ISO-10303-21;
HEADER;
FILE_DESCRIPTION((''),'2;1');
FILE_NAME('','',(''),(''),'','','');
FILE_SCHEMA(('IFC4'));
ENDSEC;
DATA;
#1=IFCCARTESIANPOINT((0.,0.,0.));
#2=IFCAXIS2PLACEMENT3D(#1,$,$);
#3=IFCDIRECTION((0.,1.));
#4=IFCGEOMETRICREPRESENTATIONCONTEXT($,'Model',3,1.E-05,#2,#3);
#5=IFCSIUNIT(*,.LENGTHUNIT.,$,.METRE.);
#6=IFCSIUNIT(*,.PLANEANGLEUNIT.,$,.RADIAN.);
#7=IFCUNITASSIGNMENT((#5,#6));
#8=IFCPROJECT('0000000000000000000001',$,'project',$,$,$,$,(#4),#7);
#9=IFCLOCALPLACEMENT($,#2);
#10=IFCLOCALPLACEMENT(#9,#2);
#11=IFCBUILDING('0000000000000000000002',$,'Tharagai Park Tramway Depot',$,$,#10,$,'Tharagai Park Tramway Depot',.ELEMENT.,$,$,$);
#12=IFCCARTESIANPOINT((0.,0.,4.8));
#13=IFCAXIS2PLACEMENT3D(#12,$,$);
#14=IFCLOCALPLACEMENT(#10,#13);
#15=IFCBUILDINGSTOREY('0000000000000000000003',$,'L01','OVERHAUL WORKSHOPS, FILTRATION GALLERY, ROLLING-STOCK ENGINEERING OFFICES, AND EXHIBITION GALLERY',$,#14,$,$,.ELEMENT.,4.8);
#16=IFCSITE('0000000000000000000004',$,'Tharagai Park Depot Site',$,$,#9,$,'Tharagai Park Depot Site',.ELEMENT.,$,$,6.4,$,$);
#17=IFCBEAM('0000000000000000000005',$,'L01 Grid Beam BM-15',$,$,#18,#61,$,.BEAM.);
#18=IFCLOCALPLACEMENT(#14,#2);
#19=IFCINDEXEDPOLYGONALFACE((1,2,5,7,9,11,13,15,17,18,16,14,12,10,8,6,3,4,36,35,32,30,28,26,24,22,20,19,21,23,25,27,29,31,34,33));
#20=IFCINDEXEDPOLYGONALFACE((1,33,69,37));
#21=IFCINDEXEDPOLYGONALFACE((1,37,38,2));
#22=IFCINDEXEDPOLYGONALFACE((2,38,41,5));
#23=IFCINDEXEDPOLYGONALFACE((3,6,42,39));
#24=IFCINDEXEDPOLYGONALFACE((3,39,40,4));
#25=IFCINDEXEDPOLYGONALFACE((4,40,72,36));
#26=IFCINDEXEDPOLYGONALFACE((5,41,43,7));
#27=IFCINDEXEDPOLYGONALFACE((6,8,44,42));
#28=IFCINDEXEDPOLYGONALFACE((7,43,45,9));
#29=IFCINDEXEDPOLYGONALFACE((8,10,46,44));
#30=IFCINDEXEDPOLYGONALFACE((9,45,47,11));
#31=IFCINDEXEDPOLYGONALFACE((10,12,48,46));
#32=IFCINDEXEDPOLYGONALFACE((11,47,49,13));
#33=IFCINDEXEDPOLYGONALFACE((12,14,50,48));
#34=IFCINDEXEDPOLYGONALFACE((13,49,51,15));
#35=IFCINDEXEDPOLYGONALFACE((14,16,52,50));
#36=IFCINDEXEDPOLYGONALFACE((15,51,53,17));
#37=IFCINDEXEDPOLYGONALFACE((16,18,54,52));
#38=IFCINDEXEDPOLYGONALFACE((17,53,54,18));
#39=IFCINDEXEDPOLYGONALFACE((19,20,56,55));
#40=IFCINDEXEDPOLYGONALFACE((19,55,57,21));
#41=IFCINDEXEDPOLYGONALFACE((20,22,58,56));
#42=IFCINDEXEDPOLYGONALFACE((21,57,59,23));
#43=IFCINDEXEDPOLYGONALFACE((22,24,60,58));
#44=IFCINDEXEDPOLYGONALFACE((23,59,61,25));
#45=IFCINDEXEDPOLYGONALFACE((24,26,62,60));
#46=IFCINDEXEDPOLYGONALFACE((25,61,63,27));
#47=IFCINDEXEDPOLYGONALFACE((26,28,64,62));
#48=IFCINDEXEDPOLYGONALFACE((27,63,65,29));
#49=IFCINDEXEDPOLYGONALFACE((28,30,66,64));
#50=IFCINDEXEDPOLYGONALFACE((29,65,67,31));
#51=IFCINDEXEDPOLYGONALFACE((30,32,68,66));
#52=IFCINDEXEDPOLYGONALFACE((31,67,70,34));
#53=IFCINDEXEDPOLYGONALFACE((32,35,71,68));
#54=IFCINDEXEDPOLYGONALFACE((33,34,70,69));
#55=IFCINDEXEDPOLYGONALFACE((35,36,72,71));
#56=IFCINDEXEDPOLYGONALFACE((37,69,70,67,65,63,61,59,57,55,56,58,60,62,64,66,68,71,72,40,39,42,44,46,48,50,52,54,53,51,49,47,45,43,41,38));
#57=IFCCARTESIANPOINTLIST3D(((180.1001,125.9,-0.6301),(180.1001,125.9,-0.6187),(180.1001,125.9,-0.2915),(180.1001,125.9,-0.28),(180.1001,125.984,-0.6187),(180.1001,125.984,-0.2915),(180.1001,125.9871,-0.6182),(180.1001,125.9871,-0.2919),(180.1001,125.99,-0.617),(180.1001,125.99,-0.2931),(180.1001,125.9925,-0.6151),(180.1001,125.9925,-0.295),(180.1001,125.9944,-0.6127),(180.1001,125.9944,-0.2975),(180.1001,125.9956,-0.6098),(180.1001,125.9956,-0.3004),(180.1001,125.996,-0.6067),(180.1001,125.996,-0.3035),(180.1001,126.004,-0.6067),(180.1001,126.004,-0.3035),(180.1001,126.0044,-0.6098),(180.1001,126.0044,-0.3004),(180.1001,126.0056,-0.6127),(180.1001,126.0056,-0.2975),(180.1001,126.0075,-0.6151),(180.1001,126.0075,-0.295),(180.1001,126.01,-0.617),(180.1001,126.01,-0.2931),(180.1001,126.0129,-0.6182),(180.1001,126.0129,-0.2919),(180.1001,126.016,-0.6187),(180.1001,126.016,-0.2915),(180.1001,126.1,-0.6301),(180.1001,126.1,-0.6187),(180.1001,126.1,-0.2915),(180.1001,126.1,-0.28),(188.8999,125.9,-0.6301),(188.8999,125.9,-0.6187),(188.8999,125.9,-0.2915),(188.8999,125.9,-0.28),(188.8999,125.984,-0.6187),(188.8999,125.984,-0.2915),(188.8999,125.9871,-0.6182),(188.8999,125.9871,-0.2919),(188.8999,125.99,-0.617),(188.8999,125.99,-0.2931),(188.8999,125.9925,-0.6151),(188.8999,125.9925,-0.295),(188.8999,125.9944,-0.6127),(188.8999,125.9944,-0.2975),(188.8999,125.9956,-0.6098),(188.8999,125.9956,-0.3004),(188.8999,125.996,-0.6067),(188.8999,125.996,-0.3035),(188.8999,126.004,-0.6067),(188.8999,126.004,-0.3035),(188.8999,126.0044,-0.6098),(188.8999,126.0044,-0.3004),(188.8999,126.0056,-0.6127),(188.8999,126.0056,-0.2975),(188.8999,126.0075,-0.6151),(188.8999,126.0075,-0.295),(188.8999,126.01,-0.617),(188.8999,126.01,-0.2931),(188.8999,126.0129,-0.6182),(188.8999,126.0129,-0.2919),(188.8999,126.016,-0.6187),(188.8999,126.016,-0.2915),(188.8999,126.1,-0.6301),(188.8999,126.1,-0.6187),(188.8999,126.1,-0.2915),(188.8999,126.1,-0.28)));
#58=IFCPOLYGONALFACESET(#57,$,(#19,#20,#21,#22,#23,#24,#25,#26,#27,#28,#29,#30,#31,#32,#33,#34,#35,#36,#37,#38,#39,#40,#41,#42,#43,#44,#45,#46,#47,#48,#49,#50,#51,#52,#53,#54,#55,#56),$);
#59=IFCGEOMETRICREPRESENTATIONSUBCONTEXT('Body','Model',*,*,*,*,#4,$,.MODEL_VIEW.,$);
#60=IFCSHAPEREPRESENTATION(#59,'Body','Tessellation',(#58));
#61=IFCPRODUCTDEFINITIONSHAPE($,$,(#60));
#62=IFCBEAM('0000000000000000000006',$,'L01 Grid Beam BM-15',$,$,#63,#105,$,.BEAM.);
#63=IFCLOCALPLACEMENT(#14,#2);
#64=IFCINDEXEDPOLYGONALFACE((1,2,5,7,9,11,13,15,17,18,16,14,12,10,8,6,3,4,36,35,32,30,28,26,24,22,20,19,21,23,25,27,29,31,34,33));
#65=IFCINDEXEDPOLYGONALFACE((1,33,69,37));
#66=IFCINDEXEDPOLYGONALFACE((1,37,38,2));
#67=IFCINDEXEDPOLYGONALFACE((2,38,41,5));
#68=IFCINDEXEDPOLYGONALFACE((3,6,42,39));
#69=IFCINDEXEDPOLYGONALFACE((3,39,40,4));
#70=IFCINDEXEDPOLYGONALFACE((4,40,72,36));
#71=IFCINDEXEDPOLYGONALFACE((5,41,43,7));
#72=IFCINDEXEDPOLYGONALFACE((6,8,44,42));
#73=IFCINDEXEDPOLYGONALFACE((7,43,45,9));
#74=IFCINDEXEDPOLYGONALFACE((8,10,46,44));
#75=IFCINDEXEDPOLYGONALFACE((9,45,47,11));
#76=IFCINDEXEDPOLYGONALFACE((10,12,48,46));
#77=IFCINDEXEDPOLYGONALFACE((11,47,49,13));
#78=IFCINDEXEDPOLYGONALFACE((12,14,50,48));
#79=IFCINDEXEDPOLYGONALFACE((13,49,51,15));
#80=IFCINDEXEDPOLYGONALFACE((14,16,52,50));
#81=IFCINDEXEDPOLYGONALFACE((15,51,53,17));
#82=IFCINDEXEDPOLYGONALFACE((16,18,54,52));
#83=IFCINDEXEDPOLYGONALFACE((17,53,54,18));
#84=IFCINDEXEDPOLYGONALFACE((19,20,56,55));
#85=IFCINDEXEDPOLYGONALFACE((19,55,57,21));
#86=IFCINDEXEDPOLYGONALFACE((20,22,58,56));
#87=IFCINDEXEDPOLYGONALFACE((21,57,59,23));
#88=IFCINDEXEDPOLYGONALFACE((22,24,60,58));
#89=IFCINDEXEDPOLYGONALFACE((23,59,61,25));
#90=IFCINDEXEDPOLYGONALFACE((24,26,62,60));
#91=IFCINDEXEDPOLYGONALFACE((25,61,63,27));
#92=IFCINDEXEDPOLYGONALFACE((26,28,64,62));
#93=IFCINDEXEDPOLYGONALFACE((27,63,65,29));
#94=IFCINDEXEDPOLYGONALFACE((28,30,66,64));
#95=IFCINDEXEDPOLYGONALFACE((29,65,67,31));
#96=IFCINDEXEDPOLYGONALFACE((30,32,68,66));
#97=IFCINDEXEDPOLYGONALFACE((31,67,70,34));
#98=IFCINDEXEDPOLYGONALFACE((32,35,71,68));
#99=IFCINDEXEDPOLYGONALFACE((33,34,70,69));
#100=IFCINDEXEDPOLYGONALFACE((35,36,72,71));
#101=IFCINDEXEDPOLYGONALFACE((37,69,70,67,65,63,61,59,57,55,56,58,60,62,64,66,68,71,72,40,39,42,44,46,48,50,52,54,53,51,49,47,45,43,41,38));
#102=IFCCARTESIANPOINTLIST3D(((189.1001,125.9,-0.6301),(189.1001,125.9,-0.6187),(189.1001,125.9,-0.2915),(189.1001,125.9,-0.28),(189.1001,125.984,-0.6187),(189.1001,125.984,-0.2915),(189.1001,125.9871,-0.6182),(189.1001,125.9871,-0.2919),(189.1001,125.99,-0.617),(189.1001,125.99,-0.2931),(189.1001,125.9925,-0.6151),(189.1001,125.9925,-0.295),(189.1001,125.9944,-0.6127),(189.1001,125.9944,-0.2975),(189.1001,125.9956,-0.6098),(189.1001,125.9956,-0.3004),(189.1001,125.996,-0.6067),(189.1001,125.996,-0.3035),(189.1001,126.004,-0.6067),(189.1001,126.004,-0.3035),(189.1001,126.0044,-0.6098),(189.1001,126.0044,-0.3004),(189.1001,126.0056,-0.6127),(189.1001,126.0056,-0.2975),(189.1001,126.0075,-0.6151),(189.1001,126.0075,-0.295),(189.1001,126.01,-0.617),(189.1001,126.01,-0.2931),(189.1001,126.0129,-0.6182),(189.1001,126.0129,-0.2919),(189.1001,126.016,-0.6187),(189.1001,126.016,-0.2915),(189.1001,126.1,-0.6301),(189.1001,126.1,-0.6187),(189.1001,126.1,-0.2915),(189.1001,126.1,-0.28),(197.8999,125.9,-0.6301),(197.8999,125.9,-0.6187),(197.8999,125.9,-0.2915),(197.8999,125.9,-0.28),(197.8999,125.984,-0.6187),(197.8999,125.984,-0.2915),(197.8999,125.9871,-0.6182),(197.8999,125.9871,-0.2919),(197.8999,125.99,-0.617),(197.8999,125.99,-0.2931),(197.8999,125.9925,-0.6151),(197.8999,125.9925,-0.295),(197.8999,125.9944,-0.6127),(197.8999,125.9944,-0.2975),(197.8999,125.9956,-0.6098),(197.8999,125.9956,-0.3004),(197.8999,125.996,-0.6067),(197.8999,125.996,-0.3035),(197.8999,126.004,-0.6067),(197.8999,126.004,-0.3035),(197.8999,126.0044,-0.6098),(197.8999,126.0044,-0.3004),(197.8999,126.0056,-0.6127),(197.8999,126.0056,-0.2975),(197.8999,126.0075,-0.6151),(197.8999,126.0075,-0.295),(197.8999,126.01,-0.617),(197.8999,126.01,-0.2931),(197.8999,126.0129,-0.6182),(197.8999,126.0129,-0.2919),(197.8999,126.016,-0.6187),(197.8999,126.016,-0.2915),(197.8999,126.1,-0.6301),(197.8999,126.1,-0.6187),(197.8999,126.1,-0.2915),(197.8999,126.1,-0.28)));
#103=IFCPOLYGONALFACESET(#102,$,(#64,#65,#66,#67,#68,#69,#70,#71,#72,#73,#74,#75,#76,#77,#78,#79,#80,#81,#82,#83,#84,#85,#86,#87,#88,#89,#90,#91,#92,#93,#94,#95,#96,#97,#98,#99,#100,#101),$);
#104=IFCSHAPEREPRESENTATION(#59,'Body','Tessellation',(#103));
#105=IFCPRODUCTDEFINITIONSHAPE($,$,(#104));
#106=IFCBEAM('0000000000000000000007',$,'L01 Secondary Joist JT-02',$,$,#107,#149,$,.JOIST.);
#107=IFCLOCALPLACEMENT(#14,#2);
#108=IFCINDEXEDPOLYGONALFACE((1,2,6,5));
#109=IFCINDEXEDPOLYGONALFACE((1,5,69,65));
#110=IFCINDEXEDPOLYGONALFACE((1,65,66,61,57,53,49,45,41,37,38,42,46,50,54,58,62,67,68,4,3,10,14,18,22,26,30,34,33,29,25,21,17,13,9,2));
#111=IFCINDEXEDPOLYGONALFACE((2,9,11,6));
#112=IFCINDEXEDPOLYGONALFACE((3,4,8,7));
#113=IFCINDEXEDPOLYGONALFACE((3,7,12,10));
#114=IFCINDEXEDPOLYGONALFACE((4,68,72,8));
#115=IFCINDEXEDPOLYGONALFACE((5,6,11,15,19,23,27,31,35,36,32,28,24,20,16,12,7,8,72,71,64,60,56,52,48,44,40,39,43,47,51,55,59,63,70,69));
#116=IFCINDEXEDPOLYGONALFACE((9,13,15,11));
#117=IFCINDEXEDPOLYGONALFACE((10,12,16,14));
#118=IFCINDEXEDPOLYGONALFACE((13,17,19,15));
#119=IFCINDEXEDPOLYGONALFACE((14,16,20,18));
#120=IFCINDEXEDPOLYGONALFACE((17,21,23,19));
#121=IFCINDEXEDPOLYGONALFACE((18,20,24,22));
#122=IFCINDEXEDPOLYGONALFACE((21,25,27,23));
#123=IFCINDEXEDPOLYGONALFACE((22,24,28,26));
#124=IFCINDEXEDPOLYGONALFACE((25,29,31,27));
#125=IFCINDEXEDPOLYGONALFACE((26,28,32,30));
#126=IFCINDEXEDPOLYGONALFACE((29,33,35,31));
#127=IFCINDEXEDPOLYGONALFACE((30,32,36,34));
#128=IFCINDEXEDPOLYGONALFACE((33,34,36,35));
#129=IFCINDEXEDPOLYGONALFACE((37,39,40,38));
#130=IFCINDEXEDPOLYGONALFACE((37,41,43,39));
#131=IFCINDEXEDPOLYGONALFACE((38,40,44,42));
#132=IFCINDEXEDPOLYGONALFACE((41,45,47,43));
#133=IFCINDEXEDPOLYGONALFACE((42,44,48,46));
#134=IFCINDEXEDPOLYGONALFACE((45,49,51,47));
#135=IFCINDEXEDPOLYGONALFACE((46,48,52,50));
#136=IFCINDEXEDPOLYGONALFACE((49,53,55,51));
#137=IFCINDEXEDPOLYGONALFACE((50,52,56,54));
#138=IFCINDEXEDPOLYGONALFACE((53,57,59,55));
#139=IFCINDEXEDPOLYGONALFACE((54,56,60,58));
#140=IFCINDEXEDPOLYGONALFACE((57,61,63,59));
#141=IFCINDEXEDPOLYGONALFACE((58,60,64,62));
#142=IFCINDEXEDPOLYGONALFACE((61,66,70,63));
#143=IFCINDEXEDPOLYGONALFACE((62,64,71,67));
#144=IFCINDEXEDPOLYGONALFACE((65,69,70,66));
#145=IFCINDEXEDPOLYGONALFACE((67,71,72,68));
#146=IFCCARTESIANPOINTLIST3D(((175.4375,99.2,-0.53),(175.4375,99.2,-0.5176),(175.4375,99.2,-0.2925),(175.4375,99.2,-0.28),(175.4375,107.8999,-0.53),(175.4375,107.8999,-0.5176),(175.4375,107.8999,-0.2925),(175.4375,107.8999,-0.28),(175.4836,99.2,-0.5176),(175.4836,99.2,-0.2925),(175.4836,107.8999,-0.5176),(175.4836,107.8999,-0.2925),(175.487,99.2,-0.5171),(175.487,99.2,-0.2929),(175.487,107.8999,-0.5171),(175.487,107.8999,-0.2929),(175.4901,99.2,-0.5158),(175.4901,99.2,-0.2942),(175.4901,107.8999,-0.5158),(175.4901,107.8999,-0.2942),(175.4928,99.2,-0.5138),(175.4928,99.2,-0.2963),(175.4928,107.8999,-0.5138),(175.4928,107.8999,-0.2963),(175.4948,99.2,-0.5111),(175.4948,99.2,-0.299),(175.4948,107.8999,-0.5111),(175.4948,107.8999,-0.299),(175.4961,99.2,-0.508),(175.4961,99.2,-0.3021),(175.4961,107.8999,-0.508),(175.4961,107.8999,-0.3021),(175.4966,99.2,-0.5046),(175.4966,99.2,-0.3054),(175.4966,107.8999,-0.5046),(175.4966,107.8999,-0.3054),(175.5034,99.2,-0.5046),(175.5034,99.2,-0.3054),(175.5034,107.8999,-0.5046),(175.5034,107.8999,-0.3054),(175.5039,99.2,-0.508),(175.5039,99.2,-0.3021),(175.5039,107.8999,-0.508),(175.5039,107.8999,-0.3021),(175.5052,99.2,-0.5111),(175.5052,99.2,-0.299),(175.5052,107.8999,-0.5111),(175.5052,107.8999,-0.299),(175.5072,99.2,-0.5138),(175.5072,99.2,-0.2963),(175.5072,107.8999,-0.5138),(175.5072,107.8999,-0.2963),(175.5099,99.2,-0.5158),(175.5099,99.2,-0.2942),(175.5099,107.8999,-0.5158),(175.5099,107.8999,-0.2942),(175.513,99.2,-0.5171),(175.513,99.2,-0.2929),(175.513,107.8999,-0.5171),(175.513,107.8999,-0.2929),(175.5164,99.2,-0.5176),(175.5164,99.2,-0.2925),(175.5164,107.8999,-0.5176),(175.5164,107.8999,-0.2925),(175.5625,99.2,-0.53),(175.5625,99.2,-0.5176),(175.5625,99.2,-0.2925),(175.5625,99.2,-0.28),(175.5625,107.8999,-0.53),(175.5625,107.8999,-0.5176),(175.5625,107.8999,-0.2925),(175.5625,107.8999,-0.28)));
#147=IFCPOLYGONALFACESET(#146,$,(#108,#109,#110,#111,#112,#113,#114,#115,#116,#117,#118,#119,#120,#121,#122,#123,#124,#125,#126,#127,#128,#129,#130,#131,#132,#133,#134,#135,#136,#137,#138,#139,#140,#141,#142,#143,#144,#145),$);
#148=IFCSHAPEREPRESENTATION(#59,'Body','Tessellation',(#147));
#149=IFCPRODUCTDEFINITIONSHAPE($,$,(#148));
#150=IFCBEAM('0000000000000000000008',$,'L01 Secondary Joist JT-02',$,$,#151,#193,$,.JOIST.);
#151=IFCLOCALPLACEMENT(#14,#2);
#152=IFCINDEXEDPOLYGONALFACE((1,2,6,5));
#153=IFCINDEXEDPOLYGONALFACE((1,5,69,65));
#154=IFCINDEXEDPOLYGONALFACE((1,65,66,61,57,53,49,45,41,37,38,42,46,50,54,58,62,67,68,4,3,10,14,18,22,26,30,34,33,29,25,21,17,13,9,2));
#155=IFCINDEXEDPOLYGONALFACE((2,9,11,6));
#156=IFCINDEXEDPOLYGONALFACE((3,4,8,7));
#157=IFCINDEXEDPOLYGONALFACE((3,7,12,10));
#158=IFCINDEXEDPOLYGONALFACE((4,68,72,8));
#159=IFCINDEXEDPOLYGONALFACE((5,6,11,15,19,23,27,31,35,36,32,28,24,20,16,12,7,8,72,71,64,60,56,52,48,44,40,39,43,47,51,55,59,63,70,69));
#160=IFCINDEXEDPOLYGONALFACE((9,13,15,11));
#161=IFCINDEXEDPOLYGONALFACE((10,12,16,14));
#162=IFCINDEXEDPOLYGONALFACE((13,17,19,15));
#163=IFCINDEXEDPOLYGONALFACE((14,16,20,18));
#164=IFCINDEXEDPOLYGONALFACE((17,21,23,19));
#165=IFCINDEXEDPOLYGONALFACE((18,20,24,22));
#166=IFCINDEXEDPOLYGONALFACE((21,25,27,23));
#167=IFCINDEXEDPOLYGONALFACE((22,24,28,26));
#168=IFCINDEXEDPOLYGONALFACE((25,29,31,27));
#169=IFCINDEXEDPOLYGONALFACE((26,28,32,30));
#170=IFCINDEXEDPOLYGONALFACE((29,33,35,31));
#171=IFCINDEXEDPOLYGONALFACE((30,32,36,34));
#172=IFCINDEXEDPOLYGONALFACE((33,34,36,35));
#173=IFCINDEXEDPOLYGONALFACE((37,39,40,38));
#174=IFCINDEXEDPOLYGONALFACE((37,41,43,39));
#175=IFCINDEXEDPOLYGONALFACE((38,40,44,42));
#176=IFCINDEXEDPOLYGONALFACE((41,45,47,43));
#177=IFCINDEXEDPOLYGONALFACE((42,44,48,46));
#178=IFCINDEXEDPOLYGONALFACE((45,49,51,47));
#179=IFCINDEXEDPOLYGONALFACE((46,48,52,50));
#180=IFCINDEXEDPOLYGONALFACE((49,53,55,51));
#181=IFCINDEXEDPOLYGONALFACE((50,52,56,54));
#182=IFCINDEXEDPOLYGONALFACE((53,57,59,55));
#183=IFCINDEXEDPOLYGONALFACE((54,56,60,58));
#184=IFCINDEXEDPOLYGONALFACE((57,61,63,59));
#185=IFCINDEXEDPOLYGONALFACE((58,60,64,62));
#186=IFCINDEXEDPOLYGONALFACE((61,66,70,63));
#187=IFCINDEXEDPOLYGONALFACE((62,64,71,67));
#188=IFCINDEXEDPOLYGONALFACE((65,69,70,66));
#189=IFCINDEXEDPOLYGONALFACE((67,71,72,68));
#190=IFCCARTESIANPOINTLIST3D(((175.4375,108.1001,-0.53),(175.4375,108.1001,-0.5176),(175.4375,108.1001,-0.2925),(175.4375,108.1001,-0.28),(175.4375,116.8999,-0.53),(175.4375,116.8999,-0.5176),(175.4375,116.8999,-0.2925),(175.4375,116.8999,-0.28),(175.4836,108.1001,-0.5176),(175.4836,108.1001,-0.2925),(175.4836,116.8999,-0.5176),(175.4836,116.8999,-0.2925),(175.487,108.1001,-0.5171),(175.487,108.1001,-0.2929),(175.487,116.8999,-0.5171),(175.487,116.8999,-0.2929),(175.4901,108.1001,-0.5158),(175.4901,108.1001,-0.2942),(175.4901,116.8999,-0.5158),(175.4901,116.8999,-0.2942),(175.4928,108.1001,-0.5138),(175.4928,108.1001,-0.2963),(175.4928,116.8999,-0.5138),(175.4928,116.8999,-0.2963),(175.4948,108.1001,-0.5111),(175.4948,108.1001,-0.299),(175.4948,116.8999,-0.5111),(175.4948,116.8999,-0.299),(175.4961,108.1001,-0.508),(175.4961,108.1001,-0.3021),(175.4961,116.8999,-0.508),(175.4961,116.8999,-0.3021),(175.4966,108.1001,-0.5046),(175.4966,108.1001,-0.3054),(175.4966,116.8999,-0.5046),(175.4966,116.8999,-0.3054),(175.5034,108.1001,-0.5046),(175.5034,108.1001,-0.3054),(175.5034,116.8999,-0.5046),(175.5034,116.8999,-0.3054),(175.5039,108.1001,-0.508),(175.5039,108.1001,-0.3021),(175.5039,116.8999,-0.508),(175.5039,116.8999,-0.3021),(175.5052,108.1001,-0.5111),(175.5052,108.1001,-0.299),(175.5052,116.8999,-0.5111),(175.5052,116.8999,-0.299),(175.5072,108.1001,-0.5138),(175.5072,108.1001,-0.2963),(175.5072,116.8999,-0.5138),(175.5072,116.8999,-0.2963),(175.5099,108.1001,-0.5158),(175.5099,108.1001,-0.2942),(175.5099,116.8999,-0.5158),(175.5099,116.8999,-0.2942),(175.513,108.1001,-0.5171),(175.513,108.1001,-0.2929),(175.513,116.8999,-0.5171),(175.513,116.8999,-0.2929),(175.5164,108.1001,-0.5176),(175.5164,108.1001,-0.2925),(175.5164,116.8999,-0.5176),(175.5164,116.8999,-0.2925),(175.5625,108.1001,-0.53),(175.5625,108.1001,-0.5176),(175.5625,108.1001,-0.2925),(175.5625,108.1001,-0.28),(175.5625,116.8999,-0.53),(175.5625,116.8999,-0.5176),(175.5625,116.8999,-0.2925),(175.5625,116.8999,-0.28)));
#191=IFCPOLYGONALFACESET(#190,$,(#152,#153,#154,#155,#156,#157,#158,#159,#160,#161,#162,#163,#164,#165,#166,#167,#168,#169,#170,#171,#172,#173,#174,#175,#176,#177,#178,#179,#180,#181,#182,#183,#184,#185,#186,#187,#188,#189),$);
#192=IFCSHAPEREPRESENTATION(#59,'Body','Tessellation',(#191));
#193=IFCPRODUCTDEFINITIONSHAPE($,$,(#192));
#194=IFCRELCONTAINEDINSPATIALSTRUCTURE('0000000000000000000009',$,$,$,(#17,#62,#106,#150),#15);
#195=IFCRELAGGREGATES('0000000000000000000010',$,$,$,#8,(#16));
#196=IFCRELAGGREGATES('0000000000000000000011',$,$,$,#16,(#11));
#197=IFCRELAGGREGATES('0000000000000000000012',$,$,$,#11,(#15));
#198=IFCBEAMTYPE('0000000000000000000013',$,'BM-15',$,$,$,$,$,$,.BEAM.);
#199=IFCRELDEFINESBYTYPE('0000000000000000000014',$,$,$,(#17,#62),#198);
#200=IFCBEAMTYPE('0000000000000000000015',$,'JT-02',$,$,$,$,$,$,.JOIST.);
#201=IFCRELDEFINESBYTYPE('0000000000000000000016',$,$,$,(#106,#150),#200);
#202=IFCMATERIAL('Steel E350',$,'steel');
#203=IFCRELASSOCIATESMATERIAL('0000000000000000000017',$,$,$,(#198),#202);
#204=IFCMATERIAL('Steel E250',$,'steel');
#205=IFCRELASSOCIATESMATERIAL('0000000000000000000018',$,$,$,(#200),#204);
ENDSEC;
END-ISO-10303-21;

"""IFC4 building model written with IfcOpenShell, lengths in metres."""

from ifc_helpers import new_model, si_unit, direction, frame, origin, origin_2d, place, context, subcontext, project, spatial, i_section, extrude, material, material_profile, profile_set, type_object, element, save


model = new_model("IFC4")

# Units and contexts
model_context = context("Model", 3, precision=1e-05, world=origin(), true_north=direction((0.0, 1.0)))
body_context = subcontext(model_context, "Body", "Model", "MODEL_VIEW")
ifc_project = project(units=[si_unit("LENGTHUNIT", "METRE"), si_unit("PLANEANGLEUNIT", "RADIAN")], contexts=[model_context])

# Site, building, storey
site_placement = place(None, origin())
site = spatial("IfcSite", under=ifc_project, at=site_placement, Name="Tharagai Park Depot Site", LongName="Tharagai Park Depot Site", CompositionType="ELEMENT", RefElevation=6.4)
building_placement = place(site_placement, origin())
building = spatial("IfcBuilding", under=site, at=building_placement, Name="Tharagai Park Tramway Depot", LongName="Tharagai Park Tramway Depot", CompositionType="ELEMENT")
storey_placement = place(building_placement, frame((0.0, 0.0, 4.8)))
storey = spatial("IfcBuildingStorey", under=building, at=storey_placement, Name="L01", Description="OVERHAUL WORKSHOPS, FILTRATION GALLERY, ROLLING-STOCK ENGINEERING OFFICES, AND EXHIBITION GALLERY", CompositionType="ELEMENT", Elevation=4.8)

# Shared definitions
ifc_material_1 = material(Name="Steel E350", Category="steel")

# Beams
ifc_material_profile_1 = material_profile(ifc_material_1, i_section(OverallWidth=0.2, OverallDepth=0.3501, WebThickness=0.0081, FlangeThickness=0.0115, FilletRadius=0.012, at=origin_2d()), Name="ISWB 350")
ifc_profile_set_1 = profile_set([ifc_material_profile_1], Name="Steel E350")
beam_type_1 = type_object("IfcBeamType", Name="BM-15", PredefinedType="BEAM", material=ifc_profile_set_1)
for number, where, z_axis, x_axis, name in (
    (1, (180.1001, 126.0, -0.4551), (1.0, 0.0, 0.0), (0.0, 1.0, 0.0), "L01 Grid Beam BM-15"),
    (2, (189.1001, 126.0, -0.4551), (1.0, 0.0, 0.0), (0.0, 1.0, 0.0), "L01 Grid Beam BM-15"),
):
    element("IfcBeam", number, at=place(storey_placement, frame(where, z_axis=z_axis, x_axis=x_axis)), inside=storey, type_object=beam_type_1, Name=name, PredefinedType="BEAM", context=body_context, shape_type="SweptSolid", body=[
        extrude(i_section(OverallWidth=0.2, OverallDepth=0.3501, WebThickness=0.0081, FlangeThickness=0.0115, FilletRadius=0.012, at=origin_2d()), origin(), (0.0, 0.0, 1.0), 8.7998),
    ])
ifc_material_2 = material(Name="Steel E250", Category="steel")
ifc_material_profile_2 = material_profile(ifc_material_2, i_section(OverallWidth=0.125, OverallDepth=0.25, WebThickness=0.0068, FlangeThickness=0.0125, FilletRadius=0.0129, at=origin_2d()), Name="ISMB 250")
ifc_profile_set_2 = profile_set([ifc_material_profile_2], Name="Steel E250")
beam_type_2 = type_object("IfcBeamType", Name="JT-02", PredefinedType="JOIST", material=ifc_profile_set_2)
beam_1_placement = place(storey_placement, frame((175.5, 99.2, -0.405), z_axis=(0.0, 1.0, 0.0), x_axis=(-1.0, 0.0, 0.0)))
element("IfcBeam", 3, at=beam_1_placement, inside=storey, type_object=beam_type_2, Name="L01 Secondary Joist JT-02", PredefinedType="JOIST", context=body_context, shape_type="SweptSolid", body=[
    extrude(i_section(OverallWidth=0.125, OverallDepth=0.25, WebThickness=0.0068, FlangeThickness=0.0125, FilletRadius=0.0129, at=origin_2d()), origin(), (0.0, 0.0, 1.0), 8.7),
])
for number, where, z_axis, x_axis, name in (
    (4, (175.5, 108.1001, -0.405), (0.0, 1.0, 0.0), (-1.0, 0.0, 0.0), "L01 Secondary Joist JT-02"),
):
    element("IfcBeam", number, at=place(storey_placement, frame(where, z_axis=z_axis, x_axis=x_axis)), inside=storey, type_object=beam_type_2, Name=name, PredefinedType="JOIST", context=body_context, shape_type="SweptSolid", body=[
        extrude(i_section(OverallWidth=0.125, OverallDepth=0.25, WebThickness=0.0068, FlangeThickness=0.0125, FilletRadius=0.0129, at=origin_2d()), origin(), (0.0, 0.0, 1.0), 8.7998),
    ])

save(model, "model.ifc")
